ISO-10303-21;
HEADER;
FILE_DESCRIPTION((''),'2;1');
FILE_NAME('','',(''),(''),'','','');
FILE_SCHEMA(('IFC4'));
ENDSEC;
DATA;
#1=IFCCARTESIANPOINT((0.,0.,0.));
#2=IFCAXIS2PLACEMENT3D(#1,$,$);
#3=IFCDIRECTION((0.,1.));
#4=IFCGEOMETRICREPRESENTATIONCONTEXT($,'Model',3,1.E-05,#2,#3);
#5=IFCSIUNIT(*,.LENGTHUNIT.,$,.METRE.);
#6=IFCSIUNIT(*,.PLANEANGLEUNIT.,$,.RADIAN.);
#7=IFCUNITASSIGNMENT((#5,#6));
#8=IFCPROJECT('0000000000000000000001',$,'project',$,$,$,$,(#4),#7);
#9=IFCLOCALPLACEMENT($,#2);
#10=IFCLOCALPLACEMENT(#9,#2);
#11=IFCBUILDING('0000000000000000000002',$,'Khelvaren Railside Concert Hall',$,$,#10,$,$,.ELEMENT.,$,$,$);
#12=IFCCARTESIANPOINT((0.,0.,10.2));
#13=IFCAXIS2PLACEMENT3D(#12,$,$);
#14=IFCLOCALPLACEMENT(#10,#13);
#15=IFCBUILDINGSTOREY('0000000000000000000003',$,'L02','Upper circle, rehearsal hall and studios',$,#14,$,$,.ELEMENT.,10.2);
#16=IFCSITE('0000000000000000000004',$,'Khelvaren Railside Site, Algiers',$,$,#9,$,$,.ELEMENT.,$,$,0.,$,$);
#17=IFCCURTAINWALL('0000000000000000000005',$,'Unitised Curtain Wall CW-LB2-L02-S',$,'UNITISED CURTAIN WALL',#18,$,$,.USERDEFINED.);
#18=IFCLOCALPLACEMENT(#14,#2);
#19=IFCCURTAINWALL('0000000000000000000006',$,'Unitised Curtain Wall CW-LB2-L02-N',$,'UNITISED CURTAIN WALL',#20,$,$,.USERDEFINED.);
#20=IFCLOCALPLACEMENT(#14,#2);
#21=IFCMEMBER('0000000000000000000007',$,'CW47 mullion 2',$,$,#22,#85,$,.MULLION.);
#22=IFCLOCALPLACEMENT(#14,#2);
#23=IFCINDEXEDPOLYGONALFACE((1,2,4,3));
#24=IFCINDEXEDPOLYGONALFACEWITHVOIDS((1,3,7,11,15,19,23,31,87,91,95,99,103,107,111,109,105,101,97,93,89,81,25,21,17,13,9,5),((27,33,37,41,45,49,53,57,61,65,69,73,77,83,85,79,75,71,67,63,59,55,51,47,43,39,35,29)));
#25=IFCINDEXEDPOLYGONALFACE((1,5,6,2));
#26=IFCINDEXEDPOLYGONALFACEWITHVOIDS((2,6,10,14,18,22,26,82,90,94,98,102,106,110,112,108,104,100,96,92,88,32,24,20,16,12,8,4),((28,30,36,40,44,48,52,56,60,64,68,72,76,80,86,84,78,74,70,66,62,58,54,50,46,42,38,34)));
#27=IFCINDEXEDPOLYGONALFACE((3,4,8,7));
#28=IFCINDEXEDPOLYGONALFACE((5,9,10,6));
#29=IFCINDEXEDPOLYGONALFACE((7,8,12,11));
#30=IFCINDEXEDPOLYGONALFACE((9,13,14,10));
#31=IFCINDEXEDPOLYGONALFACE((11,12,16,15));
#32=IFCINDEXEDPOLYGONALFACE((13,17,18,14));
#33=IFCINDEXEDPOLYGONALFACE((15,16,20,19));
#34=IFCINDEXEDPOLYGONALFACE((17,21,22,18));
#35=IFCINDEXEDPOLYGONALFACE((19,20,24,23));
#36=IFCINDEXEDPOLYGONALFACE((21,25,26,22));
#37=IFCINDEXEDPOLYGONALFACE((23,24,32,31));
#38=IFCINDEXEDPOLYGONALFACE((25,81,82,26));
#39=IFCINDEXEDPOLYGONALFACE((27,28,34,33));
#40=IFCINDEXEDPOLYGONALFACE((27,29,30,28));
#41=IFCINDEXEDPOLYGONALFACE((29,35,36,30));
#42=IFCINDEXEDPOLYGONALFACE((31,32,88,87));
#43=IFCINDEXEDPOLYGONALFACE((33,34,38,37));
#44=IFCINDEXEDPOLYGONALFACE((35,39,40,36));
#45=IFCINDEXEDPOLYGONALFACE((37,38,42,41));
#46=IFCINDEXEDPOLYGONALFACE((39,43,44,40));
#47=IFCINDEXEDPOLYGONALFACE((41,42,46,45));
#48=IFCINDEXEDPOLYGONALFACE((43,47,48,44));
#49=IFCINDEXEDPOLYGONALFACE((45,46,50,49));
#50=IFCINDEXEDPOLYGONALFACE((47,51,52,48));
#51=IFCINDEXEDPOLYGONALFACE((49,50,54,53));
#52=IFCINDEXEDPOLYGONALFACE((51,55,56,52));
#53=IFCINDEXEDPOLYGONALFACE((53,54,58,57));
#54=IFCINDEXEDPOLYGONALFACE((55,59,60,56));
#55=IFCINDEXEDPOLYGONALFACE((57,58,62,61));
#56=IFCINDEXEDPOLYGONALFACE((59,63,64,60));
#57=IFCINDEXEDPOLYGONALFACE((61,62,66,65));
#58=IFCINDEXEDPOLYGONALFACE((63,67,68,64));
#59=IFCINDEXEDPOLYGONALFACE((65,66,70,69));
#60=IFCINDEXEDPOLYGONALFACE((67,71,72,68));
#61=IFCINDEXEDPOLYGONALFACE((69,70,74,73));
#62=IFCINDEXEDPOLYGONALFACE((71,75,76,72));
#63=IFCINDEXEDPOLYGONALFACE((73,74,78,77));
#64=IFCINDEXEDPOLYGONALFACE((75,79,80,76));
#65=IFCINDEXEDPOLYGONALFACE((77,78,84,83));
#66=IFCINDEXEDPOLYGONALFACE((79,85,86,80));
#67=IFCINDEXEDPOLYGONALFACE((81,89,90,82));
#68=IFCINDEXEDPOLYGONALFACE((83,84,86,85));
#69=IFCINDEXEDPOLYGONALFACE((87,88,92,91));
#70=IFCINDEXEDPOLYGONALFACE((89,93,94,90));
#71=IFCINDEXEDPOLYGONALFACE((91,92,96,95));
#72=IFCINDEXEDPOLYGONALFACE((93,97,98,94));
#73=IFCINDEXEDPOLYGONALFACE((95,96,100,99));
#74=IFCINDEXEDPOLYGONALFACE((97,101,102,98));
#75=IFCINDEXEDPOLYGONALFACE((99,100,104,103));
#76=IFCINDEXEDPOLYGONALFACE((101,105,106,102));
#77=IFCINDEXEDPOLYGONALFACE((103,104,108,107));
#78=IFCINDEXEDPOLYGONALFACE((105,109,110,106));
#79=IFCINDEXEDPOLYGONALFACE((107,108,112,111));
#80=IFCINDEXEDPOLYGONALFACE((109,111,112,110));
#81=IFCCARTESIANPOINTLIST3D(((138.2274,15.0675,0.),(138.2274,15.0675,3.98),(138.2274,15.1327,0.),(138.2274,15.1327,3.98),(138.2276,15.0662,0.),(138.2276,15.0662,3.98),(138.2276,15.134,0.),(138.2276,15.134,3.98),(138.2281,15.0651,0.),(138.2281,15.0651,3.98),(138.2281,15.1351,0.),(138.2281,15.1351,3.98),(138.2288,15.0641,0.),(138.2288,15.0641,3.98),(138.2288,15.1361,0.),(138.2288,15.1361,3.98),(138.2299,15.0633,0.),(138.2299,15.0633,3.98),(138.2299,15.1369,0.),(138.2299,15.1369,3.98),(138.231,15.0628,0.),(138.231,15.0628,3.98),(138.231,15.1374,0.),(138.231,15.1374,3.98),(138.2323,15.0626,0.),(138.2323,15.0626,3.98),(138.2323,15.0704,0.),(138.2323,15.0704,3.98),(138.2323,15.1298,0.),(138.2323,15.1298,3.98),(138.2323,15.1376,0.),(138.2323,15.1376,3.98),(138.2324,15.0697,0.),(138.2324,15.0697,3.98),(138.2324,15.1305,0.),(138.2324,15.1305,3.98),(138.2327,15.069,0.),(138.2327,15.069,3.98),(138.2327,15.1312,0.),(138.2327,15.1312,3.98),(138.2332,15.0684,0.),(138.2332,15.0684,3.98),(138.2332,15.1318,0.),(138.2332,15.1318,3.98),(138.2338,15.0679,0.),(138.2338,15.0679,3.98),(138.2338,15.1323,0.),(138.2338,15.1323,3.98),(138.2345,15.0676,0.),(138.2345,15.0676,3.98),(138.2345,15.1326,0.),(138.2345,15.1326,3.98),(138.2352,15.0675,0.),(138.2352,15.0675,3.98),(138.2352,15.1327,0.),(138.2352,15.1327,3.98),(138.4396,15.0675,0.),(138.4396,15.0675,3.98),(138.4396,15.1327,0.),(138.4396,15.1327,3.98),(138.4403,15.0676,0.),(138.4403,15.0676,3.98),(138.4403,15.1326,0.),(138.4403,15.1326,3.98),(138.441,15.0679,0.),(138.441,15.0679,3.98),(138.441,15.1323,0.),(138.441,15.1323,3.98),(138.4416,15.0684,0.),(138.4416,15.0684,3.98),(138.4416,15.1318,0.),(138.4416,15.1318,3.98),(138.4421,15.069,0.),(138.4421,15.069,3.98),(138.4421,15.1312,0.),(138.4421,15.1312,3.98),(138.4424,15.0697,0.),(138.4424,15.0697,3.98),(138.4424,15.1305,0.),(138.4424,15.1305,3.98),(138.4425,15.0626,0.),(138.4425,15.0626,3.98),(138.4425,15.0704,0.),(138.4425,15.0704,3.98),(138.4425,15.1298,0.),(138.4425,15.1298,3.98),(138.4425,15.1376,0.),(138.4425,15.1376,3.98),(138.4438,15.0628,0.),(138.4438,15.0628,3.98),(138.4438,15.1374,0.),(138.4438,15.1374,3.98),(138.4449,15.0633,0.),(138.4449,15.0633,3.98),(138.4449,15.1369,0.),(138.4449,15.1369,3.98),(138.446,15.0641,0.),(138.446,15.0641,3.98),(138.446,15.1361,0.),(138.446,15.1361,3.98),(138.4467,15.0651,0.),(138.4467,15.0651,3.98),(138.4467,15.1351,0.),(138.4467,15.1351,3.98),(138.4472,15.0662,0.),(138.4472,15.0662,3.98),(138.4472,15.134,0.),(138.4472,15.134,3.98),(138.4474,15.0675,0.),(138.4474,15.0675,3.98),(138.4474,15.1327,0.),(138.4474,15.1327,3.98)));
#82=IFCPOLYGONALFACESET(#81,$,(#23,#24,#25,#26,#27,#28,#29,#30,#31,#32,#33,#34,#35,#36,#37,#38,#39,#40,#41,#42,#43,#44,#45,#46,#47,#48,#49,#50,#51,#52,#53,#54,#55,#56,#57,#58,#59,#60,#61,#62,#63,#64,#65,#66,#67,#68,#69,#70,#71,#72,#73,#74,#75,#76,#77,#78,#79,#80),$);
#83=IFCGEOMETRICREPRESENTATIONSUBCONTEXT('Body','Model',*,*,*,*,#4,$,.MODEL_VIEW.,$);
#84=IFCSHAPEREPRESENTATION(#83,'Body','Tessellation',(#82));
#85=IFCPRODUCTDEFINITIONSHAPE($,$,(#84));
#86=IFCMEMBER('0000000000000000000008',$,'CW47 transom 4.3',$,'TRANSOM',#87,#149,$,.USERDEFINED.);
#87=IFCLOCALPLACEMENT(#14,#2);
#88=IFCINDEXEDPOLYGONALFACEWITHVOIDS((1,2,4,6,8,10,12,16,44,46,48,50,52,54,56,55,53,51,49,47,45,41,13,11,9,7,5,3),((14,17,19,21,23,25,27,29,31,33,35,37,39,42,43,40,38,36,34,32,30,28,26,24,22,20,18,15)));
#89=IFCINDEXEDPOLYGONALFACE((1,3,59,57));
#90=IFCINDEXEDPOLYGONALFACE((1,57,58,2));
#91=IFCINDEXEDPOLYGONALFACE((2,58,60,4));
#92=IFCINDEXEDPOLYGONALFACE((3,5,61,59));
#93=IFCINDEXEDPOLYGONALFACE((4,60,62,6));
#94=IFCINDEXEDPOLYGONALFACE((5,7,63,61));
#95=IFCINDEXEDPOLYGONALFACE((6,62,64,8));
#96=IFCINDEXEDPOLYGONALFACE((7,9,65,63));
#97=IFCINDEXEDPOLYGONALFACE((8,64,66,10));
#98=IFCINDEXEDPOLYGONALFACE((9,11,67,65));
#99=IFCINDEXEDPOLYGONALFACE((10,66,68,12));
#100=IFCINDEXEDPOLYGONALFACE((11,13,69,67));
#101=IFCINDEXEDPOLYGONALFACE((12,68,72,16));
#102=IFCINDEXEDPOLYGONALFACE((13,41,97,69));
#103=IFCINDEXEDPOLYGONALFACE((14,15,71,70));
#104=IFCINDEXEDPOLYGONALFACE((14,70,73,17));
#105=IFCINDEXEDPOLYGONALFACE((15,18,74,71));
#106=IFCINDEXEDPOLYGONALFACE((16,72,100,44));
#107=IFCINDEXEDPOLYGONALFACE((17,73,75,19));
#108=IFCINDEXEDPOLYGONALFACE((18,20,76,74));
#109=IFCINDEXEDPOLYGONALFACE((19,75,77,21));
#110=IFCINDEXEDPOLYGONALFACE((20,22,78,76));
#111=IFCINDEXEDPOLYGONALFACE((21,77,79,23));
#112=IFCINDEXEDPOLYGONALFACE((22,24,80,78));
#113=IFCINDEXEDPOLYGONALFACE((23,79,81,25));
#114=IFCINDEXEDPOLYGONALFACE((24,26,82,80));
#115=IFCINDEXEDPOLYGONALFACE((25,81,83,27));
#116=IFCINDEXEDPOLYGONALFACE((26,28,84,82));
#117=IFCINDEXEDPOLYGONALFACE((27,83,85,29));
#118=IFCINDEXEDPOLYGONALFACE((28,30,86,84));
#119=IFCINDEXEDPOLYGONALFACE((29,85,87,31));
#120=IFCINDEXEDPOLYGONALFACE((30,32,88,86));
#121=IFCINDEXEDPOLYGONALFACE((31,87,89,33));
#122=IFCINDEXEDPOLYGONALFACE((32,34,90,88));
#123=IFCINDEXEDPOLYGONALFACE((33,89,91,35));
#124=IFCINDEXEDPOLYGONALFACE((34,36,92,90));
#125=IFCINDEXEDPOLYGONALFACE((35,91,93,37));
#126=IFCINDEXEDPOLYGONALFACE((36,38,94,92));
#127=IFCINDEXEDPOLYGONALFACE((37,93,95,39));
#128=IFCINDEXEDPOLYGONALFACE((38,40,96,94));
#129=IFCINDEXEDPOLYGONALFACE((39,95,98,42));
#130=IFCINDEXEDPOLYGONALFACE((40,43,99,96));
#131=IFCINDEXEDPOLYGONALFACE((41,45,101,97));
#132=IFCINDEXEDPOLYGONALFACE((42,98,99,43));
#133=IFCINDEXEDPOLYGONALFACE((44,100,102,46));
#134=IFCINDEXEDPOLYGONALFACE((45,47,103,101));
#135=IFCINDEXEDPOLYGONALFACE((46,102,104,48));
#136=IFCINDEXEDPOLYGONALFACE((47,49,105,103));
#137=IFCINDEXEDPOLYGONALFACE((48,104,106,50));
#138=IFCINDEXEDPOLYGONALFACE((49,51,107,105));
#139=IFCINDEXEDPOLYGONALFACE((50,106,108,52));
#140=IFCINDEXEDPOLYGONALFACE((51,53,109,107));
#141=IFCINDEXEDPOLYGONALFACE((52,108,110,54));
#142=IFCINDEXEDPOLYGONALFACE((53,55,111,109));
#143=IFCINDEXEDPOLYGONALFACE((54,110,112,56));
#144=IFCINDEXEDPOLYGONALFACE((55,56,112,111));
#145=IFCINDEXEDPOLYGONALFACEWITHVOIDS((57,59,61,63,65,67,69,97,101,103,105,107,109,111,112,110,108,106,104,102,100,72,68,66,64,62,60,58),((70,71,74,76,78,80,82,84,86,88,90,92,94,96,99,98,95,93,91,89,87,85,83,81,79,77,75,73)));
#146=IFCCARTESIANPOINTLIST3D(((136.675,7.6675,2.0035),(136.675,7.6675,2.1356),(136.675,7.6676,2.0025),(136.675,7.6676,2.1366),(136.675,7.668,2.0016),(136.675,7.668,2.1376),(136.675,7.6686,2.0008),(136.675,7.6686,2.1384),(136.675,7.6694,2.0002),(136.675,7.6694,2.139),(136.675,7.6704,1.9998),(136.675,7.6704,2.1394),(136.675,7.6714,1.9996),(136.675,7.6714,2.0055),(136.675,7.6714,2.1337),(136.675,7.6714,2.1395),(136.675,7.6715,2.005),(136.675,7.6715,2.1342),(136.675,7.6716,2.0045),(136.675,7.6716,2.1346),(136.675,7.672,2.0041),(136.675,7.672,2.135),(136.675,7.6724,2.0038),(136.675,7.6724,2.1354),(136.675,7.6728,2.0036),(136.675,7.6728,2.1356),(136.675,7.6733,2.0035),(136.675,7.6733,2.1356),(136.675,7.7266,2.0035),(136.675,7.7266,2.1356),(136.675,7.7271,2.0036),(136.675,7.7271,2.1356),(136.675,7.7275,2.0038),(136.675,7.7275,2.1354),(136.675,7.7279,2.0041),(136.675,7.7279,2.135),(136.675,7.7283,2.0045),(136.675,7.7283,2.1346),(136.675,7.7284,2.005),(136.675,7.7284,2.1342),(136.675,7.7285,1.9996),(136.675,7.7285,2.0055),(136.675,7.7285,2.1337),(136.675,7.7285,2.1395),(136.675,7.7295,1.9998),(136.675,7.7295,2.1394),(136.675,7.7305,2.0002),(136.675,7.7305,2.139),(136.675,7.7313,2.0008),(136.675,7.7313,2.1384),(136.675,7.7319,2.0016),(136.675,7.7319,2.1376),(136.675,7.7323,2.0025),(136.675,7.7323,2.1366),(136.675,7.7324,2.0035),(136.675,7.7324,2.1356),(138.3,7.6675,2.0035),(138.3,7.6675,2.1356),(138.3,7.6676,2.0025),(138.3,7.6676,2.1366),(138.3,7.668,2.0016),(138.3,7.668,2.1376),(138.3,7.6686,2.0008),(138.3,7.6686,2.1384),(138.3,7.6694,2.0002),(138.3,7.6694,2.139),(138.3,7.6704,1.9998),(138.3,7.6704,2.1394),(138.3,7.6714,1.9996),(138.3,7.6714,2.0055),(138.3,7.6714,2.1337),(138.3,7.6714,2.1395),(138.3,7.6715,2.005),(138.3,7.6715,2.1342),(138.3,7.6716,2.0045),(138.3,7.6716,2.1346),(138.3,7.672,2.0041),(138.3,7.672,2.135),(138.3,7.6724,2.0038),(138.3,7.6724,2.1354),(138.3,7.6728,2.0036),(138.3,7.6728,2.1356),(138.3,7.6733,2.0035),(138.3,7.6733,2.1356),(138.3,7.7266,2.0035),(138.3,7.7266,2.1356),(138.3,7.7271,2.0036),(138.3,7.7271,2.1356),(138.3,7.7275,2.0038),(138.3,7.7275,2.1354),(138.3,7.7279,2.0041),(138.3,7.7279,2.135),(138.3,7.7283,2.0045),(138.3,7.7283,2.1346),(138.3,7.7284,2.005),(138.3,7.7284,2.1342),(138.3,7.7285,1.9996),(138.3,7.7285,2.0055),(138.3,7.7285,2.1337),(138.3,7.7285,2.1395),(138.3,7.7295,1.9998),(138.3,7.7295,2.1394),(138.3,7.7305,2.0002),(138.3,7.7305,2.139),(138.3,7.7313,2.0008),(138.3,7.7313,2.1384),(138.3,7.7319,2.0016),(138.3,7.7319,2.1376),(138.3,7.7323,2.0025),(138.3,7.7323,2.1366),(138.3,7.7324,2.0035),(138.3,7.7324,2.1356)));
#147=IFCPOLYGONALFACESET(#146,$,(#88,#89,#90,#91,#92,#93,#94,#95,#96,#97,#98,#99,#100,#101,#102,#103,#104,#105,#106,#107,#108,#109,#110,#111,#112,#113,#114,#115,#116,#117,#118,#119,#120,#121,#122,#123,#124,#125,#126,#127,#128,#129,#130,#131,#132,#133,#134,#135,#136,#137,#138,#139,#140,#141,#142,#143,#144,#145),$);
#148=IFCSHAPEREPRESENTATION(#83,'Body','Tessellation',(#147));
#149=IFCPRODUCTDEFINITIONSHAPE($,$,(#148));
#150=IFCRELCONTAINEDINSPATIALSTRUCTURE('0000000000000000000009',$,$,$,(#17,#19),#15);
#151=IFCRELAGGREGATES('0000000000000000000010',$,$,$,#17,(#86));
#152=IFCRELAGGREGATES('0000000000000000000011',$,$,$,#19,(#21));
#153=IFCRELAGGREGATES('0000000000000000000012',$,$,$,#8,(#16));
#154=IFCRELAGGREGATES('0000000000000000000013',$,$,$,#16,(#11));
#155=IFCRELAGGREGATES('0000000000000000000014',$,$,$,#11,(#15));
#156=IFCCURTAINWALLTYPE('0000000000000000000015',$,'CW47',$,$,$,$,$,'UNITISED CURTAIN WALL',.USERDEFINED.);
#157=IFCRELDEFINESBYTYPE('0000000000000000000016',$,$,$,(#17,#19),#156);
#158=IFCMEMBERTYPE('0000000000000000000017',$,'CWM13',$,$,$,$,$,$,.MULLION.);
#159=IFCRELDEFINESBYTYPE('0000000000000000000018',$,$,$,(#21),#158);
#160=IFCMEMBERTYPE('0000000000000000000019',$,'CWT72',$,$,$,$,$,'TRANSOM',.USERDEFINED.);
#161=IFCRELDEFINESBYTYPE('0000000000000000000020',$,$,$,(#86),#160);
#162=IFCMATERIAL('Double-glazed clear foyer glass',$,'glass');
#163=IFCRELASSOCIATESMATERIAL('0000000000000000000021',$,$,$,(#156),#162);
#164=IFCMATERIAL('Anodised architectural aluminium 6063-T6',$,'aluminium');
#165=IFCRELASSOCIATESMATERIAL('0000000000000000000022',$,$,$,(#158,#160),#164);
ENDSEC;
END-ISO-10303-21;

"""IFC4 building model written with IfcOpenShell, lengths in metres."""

from ifc_helpers import new_model, si_unit, direction, frame, origin, origin_2d, place, context, subcontext, project, spatial, hollow_rectangle, extrude, material, material_profile, profile_set, type_object, element, aggregate, save


model = new_model("IFC4")

# Units and contexts
model_context = context("Model", 3, precision=1e-05, world=origin(), true_north=direction((0.0, 1.0)))
body_context = subcontext(model_context, "Body", "Model", "MODEL_VIEW")
ifc_project = project(units=[si_unit("LENGTHUNIT", "METRE"), si_unit("PLANEANGLEUNIT", "RADIAN")], contexts=[model_context])

# Site, building, storey
site_placement = place(None, origin())
site = spatial("IfcSite", under=ifc_project, at=site_placement, Name="Khelvaren Railside Site, Algiers", CompositionType="ELEMENT", RefElevation=0.0)
building_placement = place(site_placement, origin())
building = spatial("IfcBuilding", under=site, at=building_placement, Name="Khelvaren Railside Concert Hall", CompositionType="ELEMENT")
storey_placement = place(building_placement, frame((0.0, 0.0, 10.2)))
storey = spatial("IfcBuildingStorey", under=building, at=storey_placement, Name="L02", Description="Upper circle, rehearsal hall and studios", CompositionType="ELEMENT", Elevation=10.2)

# Curtain wall
ifc_material_1 = material(Name="Double-glazed clear foyer glass", Category="glass")
curtain_wall_type = type_object("IfcCurtainWallType", Name="CW47", ElementType="UNITISED CURTAIN WALL", PredefinedType="USERDEFINED", material=ifc_material_1)
curtain_wall_1_placement = place(storey_placement, origin())
curtain_wall_1 = element("IfcCurtainWall", 1, at=curtain_wall_1_placement, inside=storey, type_object=curtain_wall_type, Name="Unitised Curtain Wall CW-LB2-L02-S", ObjectType="UNITISED CURTAIN WALL", PredefinedType="USERDEFINED")
ifc_material_2 = material(Name="Anodised architectural aluminium 6063-T6", Category="aluminium")
ifc_material_profile_1 = material_profile(ifc_material_2, hollow_rectangle(XDim=0.075, YDim=0.22, WallThickness=0.0049, InnerFilletRadius=0.0029, OuterFilletRadius=0.0049, at=origin_2d()), Name="CWM 75x220x5")
ifc_profile_set_1 = profile_set([ifc_material_profile_1], Name="Anodised architectural aluminium 6063-T6")
member_type_1 = type_object("IfcMemberType", Name="CWM13", PredefinedType="MULLION", material=ifc_profile_set_1)

# Curtain wall, member
curtain_wall_2_placement = place(storey_placement, origin())
curtain_wall_2 = element("IfcCurtainWall", 2, at=curtain_wall_2_placement, inside=storey, type_object=curtain_wall_type, Name="Unitised Curtain Wall CW-LB2-L02-N", ObjectType="UNITISED CURTAIN WALL", PredefinedType="USERDEFINED")
member_1_placement = place(storey_placement, frame((138.3374, 15.1001, 0.0), z_axis=(0.0, 0.0, 1.0), x_axis=(0.0, 1.0, 0.0)))
member_1 = element("IfcMember", 3, at=member_1_placement, type_object=member_type_1, Name="CW47 mullion 2", PredefinedType="MULLION", context=body_context, shape_type="SweptSolid", body=[
    extrude(hollow_rectangle(XDim=0.075, YDim=0.22, WallThickness=0.0049, InnerFilletRadius=0.0029, OuterFilletRadius=0.0049, at=origin_2d()), origin(), (0.0, 0.0, 1.0), 3.98),
])

# Member
ifc_material_profile_2 = material_profile(ifc_material_2, hollow_rectangle(XDim=0.0649, YDim=0.1399, WallThickness=0.0039, InnerFilletRadius=0.002, OuterFilletRadius=0.0039, at=origin_2d()), Name="CWT 65x140x4")
ifc_profile_set_2 = profile_set([ifc_material_profile_2], Name="Anodised architectural aluminium 6063-T6")
member_type_2 = type_object("IfcMemberType", Name="CWT72", ElementType="TRANSOM", PredefinedType="USERDEFINED", material=ifc_profile_set_2)
member_2_placement = place(storey_placement, frame((138.3, 7.7, 2.0696), z_axis=(-1.0, 0.0, 0.0), x_axis=(0.0, -1.0, 0.0)))
member_2 = element("IfcMember", 4, at=member_2_placement, type_object=member_type_2, Name="CW47 transom 4.3", ObjectType="TRANSOM", PredefinedType="USERDEFINED", context=body_context, shape_type="SweptSolid", body=[
    extrude(hollow_rectangle(XDim=0.0649, YDim=0.1399, WallThickness=0.0039, InnerFilletRadius=0.002, OuterFilletRadius=0.0039, at=origin_2d()), origin(), (0.0, 0.0, 1.0), 1.625),
])

aggregate(curtain_wall_1, [member_2])
aggregate(curtain_wall_2, [member_1])

save(model, "model.ifc")
